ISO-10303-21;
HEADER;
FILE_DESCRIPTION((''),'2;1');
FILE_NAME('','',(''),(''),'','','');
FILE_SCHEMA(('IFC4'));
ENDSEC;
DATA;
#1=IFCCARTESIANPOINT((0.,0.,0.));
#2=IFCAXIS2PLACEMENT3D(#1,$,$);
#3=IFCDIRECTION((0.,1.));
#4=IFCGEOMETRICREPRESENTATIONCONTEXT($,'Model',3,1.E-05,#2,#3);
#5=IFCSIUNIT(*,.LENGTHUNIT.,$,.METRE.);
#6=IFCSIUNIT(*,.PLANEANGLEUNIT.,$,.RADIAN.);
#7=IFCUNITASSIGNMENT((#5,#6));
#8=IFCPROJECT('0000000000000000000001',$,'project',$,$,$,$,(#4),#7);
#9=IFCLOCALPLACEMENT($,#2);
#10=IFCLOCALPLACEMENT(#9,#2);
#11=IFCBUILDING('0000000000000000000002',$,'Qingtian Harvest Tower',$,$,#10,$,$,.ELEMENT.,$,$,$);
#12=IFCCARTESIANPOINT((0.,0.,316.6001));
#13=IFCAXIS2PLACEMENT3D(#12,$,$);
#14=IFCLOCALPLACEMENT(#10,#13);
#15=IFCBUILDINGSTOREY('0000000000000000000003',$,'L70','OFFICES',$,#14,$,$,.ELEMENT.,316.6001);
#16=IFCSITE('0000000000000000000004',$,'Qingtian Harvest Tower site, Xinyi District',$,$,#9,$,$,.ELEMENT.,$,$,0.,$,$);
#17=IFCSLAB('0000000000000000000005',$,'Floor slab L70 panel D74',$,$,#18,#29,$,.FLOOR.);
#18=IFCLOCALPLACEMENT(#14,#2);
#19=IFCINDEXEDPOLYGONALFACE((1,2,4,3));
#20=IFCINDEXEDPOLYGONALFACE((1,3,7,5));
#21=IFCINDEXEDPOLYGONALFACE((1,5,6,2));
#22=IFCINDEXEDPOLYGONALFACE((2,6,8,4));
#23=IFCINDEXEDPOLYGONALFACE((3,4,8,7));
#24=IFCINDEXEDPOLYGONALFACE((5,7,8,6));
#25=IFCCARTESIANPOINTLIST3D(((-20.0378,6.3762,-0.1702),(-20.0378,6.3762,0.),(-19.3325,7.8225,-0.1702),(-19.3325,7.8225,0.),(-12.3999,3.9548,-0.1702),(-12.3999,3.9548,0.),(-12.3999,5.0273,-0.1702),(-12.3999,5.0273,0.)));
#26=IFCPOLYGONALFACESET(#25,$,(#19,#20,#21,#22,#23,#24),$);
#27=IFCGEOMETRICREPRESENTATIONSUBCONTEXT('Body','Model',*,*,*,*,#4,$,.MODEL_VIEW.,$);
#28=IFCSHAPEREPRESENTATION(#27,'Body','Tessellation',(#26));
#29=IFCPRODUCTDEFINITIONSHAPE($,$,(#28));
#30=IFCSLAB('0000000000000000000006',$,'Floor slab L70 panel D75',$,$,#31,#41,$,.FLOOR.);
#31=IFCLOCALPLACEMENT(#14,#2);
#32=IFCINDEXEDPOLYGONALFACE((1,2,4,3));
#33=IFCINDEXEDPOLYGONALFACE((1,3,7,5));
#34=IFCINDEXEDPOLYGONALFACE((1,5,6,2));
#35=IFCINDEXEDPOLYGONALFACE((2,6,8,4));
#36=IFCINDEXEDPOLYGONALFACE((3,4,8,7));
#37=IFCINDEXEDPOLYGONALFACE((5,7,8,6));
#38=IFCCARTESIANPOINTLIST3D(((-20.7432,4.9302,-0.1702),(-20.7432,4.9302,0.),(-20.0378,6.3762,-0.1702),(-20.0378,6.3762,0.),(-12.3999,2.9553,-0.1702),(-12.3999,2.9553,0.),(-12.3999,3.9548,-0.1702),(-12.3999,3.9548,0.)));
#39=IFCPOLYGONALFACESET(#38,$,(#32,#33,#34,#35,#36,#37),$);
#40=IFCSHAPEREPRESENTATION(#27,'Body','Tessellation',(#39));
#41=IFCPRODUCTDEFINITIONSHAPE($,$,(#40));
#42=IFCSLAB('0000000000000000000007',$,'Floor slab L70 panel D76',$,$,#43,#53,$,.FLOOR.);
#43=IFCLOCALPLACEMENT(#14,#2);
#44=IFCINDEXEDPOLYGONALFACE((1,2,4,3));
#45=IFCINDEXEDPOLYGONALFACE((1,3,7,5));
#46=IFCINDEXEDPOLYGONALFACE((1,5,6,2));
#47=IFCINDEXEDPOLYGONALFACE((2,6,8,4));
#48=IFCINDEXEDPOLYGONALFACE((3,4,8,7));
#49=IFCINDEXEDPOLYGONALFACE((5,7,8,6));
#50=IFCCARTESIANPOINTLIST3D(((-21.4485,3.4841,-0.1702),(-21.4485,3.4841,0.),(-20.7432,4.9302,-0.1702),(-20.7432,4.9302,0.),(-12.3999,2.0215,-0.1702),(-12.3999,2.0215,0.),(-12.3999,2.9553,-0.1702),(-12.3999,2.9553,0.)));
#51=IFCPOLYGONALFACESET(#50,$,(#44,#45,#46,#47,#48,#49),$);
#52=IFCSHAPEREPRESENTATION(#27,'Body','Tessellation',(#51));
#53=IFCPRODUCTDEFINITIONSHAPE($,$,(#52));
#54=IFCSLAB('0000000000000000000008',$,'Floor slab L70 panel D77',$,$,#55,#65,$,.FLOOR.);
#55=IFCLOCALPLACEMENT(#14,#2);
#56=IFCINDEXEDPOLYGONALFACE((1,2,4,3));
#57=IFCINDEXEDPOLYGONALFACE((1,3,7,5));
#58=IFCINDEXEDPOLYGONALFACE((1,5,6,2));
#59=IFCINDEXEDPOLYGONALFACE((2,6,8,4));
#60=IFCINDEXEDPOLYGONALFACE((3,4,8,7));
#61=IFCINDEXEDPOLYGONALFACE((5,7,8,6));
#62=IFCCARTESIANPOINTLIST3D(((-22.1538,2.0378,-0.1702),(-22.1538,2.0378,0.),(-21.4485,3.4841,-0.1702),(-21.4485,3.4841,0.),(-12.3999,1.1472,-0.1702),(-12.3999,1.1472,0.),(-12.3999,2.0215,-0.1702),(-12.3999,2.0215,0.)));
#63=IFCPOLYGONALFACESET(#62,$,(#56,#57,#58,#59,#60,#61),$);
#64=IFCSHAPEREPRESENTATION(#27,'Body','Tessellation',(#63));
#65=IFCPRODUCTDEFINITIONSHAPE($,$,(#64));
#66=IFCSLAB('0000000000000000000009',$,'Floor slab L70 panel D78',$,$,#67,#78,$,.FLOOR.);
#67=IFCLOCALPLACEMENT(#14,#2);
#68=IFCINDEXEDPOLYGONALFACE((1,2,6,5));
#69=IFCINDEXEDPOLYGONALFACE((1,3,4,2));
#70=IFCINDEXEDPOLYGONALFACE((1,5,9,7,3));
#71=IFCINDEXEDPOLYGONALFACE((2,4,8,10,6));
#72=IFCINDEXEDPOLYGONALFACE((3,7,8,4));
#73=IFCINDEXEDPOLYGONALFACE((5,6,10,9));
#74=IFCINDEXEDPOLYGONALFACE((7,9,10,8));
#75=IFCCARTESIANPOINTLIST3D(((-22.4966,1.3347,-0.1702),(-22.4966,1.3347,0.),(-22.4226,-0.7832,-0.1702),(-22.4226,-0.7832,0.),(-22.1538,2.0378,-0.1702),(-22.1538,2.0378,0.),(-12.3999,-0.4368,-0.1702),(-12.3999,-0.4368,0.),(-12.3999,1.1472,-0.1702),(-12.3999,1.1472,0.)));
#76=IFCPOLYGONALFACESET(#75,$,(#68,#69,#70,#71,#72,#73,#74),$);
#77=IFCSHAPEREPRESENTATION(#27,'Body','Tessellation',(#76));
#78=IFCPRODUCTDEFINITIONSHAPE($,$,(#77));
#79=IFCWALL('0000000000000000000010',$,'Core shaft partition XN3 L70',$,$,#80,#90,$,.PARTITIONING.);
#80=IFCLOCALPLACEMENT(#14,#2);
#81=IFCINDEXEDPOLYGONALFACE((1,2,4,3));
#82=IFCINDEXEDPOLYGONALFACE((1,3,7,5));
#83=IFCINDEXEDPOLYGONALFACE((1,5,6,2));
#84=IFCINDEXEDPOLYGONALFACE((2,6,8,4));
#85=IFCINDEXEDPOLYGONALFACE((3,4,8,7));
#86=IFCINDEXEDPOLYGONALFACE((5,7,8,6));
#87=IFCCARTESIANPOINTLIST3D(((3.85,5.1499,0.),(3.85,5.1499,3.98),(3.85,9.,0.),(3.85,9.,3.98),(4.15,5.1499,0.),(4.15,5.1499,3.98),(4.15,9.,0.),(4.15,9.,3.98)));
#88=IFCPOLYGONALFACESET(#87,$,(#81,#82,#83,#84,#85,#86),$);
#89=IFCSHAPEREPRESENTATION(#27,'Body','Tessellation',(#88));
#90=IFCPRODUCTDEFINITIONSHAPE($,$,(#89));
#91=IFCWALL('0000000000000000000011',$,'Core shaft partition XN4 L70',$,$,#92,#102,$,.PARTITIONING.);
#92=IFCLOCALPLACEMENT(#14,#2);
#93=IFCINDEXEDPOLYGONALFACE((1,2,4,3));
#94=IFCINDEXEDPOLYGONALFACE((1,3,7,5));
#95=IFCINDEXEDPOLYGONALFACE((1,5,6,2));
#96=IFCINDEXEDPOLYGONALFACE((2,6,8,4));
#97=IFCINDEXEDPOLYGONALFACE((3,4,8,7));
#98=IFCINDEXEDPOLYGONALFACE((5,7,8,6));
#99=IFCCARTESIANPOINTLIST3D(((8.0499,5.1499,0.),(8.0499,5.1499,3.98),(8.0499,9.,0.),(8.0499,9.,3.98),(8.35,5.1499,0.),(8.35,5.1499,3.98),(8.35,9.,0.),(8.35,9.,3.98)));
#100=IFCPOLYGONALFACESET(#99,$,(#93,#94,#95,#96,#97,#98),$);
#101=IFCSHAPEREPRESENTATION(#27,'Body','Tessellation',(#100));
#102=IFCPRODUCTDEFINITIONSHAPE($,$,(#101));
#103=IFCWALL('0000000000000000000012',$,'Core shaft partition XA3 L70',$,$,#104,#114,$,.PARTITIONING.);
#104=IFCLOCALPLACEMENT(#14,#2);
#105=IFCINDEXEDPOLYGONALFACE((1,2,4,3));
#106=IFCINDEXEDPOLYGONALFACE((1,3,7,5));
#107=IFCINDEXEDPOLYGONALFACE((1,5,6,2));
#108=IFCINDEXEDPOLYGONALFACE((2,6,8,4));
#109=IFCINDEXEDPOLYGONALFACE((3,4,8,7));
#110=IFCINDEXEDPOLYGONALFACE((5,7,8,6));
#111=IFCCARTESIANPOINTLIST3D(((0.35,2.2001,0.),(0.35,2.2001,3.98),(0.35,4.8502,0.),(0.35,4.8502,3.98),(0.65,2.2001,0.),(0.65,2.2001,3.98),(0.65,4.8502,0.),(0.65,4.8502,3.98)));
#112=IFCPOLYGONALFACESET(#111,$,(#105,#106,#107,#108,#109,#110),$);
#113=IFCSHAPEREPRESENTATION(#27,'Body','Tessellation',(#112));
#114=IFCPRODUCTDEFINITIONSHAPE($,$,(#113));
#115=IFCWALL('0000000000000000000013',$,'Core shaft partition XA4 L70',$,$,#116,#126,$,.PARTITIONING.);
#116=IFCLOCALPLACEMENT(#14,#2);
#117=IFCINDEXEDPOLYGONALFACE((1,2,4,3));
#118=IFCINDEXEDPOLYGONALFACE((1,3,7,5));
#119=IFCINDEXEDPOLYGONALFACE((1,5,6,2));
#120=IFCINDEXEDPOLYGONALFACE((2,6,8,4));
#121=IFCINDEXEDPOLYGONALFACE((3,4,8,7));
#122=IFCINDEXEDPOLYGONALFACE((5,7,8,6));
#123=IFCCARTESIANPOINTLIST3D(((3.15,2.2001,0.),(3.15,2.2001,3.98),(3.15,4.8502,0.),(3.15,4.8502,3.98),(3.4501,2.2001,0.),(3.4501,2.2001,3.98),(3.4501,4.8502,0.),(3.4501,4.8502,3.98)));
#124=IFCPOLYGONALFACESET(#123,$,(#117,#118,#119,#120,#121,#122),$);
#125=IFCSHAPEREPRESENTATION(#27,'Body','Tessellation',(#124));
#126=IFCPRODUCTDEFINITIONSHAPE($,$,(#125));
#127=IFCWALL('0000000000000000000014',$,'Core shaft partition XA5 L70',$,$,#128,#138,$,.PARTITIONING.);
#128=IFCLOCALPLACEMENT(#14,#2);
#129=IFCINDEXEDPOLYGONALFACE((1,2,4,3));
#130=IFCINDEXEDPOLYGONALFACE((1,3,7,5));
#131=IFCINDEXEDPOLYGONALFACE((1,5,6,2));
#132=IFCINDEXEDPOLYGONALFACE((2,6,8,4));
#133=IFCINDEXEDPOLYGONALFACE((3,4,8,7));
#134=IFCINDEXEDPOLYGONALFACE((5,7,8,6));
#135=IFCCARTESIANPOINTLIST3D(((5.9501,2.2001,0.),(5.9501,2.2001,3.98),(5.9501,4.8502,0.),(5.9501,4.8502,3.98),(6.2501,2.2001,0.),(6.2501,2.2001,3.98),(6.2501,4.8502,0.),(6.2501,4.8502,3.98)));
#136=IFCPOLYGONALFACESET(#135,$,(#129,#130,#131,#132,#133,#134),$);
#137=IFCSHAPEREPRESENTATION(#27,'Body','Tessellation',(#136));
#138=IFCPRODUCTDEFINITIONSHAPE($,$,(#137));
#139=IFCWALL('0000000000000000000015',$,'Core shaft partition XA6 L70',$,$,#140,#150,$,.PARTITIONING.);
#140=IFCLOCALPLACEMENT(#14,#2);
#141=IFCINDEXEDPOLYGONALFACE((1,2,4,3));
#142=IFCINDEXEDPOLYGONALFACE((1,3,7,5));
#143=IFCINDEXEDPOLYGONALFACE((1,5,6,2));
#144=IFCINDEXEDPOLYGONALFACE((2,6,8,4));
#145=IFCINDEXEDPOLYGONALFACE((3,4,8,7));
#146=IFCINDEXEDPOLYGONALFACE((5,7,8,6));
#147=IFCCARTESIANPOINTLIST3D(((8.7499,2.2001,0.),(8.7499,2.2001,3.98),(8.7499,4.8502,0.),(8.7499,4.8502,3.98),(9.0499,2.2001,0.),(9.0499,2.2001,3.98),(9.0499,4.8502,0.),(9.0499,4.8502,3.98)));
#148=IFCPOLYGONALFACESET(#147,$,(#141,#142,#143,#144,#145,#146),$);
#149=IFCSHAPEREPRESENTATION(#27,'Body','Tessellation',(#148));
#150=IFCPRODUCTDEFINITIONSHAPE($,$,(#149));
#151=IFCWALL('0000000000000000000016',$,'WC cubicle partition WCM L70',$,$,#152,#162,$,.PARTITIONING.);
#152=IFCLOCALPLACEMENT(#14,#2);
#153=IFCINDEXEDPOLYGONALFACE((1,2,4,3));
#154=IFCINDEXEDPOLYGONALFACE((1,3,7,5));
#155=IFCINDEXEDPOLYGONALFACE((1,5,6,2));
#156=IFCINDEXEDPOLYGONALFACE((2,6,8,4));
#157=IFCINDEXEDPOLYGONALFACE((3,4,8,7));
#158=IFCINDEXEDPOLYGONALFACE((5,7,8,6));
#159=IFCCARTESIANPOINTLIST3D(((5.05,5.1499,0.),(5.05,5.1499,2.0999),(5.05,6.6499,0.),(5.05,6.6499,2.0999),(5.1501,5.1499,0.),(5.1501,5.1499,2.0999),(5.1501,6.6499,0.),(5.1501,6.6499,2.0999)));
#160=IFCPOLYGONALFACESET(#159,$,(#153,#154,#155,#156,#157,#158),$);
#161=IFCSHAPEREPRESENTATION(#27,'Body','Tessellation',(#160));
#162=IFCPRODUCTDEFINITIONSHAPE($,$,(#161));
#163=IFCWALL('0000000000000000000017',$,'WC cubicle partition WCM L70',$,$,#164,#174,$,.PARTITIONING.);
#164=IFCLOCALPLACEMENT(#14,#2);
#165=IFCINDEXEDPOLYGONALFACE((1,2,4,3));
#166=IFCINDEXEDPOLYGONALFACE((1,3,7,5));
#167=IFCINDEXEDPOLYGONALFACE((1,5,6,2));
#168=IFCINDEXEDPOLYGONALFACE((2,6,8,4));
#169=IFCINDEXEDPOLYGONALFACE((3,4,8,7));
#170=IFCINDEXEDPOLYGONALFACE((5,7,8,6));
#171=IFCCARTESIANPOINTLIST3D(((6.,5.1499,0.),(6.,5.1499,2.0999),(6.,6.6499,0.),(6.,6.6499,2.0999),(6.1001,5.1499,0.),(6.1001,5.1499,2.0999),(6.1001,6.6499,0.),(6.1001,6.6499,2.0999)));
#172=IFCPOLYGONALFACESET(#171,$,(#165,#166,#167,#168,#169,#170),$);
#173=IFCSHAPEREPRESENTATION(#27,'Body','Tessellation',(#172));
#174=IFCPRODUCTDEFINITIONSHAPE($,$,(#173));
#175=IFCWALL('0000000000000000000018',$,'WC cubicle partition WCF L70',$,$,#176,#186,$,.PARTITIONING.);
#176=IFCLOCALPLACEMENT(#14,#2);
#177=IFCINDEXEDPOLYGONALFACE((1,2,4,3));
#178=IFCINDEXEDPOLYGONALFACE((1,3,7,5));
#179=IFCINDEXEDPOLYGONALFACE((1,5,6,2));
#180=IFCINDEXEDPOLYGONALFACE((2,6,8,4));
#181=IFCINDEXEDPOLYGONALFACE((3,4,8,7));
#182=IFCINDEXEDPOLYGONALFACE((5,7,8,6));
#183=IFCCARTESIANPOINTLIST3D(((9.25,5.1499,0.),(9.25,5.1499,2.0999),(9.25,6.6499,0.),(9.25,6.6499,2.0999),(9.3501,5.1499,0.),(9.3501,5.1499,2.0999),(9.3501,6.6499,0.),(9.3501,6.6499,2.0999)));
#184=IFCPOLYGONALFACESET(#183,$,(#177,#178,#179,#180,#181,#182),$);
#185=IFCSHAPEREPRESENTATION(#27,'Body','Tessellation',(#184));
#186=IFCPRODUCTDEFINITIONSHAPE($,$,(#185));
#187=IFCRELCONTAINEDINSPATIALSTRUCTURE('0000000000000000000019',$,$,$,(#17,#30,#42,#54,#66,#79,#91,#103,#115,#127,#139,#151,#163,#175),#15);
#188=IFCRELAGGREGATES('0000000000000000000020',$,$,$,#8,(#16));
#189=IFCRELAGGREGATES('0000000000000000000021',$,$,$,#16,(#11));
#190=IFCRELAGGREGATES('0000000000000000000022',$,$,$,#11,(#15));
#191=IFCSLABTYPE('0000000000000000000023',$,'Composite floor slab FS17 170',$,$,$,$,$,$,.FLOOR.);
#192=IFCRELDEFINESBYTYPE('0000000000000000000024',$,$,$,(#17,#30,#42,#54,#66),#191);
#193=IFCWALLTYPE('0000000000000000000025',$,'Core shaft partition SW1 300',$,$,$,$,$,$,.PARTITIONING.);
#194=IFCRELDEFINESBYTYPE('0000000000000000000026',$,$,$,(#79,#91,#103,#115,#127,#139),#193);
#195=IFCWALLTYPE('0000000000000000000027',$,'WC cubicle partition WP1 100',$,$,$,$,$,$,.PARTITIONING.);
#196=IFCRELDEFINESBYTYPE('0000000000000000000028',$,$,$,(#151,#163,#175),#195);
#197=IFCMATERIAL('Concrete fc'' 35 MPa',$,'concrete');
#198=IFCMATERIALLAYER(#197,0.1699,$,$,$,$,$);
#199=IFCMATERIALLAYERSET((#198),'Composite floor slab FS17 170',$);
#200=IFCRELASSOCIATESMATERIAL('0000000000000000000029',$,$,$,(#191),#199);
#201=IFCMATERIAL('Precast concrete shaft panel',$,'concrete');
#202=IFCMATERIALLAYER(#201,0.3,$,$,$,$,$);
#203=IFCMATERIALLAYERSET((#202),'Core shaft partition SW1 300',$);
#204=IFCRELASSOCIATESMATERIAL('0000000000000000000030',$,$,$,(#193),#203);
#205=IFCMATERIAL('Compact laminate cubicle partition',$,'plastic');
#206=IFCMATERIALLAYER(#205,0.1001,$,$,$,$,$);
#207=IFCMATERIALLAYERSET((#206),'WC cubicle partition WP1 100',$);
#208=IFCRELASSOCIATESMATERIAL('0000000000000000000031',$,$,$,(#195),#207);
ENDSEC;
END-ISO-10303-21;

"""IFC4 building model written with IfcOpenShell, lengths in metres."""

from ifc_helpers import new_model, si_unit, direction, frame, frame_2d, origin, place, context, subcontext, project, spatial, polyline, rectangle, outline, extrude, material, layer, layer_set, type_object, element, save


model = new_model("IFC4")

# Units and contexts
model_context = context("Model", 3, precision=1e-05, world=origin(), true_north=direction((0.0, 1.0)))
body_context = subcontext(model_context, "Body", "Model", "MODEL_VIEW")
ifc_project = project(units=[si_unit("LENGTHUNIT", "METRE"), si_unit("PLANEANGLEUNIT", "RADIAN")], contexts=[model_context])

# Site, building, storey
site_placement = place(None, origin())
site = spatial("IfcSite", under=ifc_project, at=site_placement, Name="Qingtian Harvest Tower site, Xinyi District", CompositionType="ELEMENT", RefElevation=0.0)
building_placement = place(site_placement, origin())
building = spatial("IfcBuilding", under=site, at=building_placement, Name="Qingtian Harvest Tower", CompositionType="ELEMENT")
storey_placement = place(building_placement, frame((0.0, 0.0, 316.6001)))
storey = spatial("IfcBuildingStorey", under=building, at=storey_placement, Name="L70", Description="OFFICES", CompositionType="ELEMENT", Elevation=316.6001)

# Slabs
ifc_material_1 = material(Name="Concrete fc' 35 MPa", Category="concrete")
ifc_layer_1 = layer(ifc_material_1, 0.1699)
ifc_layer_set_1 = layer_set([ifc_layer_1], Name="Composite floor slab FS17 170")
slab_type = type_object("IfcSlabType", Name="Composite floor slab FS17 170", PredefinedType="FLOOR", material=ifc_layer_set_1)
slab_1_placement = place(storey_placement, frame((0.0, 0.0, -0.1702)))
element("IfcSlab", 1, at=slab_1_placement, inside=storey, type_object=slab_type, Name="Floor slab L70 panel D74", PredefinedType="FLOOR", context=body_context, shape_type="SweptSolid", body=[
    extrude(outline(polyline([(-12.3999, 3.9548), (-20.0378, 6.3762), (-19.3325, 7.8225), (-12.3999, 5.0273), (-12.3999, 3.9548)])), origin(), (0.0, 0.0, 1.0), 0.1702),
])
slab_2_placement = place(storey_placement, frame((0.0, 0.0, -0.1702)))
element("IfcSlab", 2, at=slab_2_placement, inside=storey, type_object=slab_type, Name="Floor slab L70 panel D75", PredefinedType="FLOOR", context=body_context, shape_type="SweptSolid", body=[
    extrude(outline(polyline([(-12.3999, 2.9553), (-20.7432, 4.9302), (-20.0378, 6.3762), (-12.3999, 3.9548), (-12.3999, 2.9553)])), origin(), (0.0, 0.0, 1.0), 0.1702),
])
slab_3_placement = place(storey_placement, frame((0.0, 0.0, -0.1702)))
element("IfcSlab", 3, at=slab_3_placement, inside=storey, type_object=slab_type, Name="Floor slab L70 panel D76", PredefinedType="FLOOR", context=body_context, shape_type="SweptSolid", body=[
    extrude(outline(polyline([(-12.3999, 2.0215), (-21.4485, 3.4841), (-20.7432, 4.9302), (-12.3999, 2.9553), (-12.3999, 2.0215)])), origin(), (0.0, 0.0, 1.0), 0.1702),
])
slab_4_placement = place(storey_placement, frame((0.0, 0.0, -0.1702)))
element("IfcSlab", 4, at=slab_4_placement, inside=storey, type_object=slab_type, Name="Floor slab L70 panel D77", PredefinedType="FLOOR", context=body_context, shape_type="SweptSolid", body=[
    extrude(outline(polyline([(-12.3999, 1.1472), (-22.1538, 2.0378), (-21.4485, 3.4841), (-12.3999, 2.0215), (-12.3999, 1.1472)])), origin(), (0.0, 0.0, 1.0), 0.1702),
])
slab_5_placement = place(storey_placement, frame((0.0, 0.0, -0.1702)))
element("IfcSlab", 5, at=slab_5_placement, inside=storey, type_object=slab_type, Name="Floor slab L70 panel D78", PredefinedType="FLOOR", context=body_context, shape_type="SweptSolid", body=[
    extrude(outline(polyline([(-12.3999, 1.1472), (-12.3999, -0.4368), (-22.4226, -0.7832), (-22.4966, 1.3347), (-22.1538, 2.0378), (-12.3999, 1.1472)])), origin(), (0.0, 0.0, 1.0), 0.1702),
])

# Shared definitions
ifc_material_2 = material(Name="Precast concrete shaft panel", Category="concrete")
ifc_layer_2 = layer(ifc_material_2, 0.3)
ifc_layer_set_2 = layer_set([ifc_layer_2], Name="Core shaft partition SW1 300")
wall_type_1 = type_object("IfcWallType", Name="Core shaft partition SW1 300", PredefinedType="PARTITIONING", material=ifc_layer_set_2)

# Walls
for number, where, z_axis, x_axis, name in (
    (6, (4.0, 5.1499, 0.0), (0.0, 0.0, 1.0), (0.0, 1.0, 0.0), "Core shaft partition XN3 L70"),
    (7, (8.2, 5.1499, 0.0), (0.0, 0.0, 1.0), (0.0, 1.0, 0.0), "Core shaft partition XN4 L70"),
):
    element("IfcWall", number, at=place(storey_placement, frame(where, z_axis=z_axis, x_axis=x_axis)), inside=storey, type_object=wall_type_1, Name=name, PredefinedType="PARTITIONING", context=body_context, shape_type="SweptSolid", body=[
        extrude(rectangle(XDim=3.8501, YDim=0.3, at=frame_2d((1.925, 0.0))), origin(), (0.0, 0.0, 1.0), 3.98),
    ])
for number, where, z_axis, x_axis, name in (
    (8, (0.5, 2.2, 0.0), (0.0, 0.0, 1.0), (0.0, 1.0, 0.0), "Core shaft partition XA3 L70"),
    (9, (3.3, 2.2, 0.0), (0.0, 0.0, 1.0), (0.0, 1.0, 0.0), "Core shaft partition XA4 L70"),
    (10, (6.1001, 2.2, 0.0), (0.0, 0.0, 1.0), (0.0, 1.0, 0.0), "Core shaft partition XA5 L70"),
    (11, (8.8999, 2.2, 0.0), (0.0, 0.0, 1.0), (0.0, 1.0, 0.0), "Core shaft partition XA6 L70"),
):
    element("IfcWall", number, at=place(storey_placement, frame(where, z_axis=z_axis, x_axis=x_axis)), inside=storey, type_object=wall_type_1, Name=name, PredefinedType="PARTITIONING", context=body_context, shape_type="SweptSolid", body=[
        extrude(rectangle(XDim=2.6501, YDim=0.3, at=frame_2d((1.3252, 0.0))), origin(), (0.0, 0.0, 1.0), 3.98),
    ])
ifc_material_3 = material(Name="Compact laminate cubicle partition", Category="plastic")
ifc_layer_3 = layer(ifc_material_3, 0.1001)
ifc_layer_set_3 = layer_set([ifc_layer_3], Name="WC cubicle partition WP1 100")
wall_type_2 = type_object("IfcWallType", Name="WC cubicle partition WP1 100", PredefinedType="PARTITIONING", material=ifc_layer_set_3)
for number, where, z_axis, x_axis, name in (
    (12, (5.1001, 5.1499, 0.0), (0.0, 0.0, 1.0), (0.0, 1.0, 0.0), "WC cubicle partition WCM L70"),
    (13, (6.05, 5.1499, 0.0), (0.0, 0.0, 1.0), (0.0, 1.0, 0.0), "WC cubicle partition WCM L70"),
    (14, (9.3, 5.1499, 0.0), (0.0, 0.0, 1.0), (0.0, 1.0, 0.0), "WC cubicle partition WCF L70"),
):
    element("IfcWall", number, at=place(storey_placement, frame(where, z_axis=z_axis, x_axis=x_axis)), inside=storey, type_object=wall_type_2, Name=name, PredefinedType="PARTITIONING", context=body_context, shape_type="SweptSolid", body=[
        extrude(rectangle(XDim=1.5, YDim=0.1001, at=frame_2d((0.75, 0.0))), origin(), (0.0, 0.0, 1.0), 2.0999),
    ])

save(model, "model.ifc")
